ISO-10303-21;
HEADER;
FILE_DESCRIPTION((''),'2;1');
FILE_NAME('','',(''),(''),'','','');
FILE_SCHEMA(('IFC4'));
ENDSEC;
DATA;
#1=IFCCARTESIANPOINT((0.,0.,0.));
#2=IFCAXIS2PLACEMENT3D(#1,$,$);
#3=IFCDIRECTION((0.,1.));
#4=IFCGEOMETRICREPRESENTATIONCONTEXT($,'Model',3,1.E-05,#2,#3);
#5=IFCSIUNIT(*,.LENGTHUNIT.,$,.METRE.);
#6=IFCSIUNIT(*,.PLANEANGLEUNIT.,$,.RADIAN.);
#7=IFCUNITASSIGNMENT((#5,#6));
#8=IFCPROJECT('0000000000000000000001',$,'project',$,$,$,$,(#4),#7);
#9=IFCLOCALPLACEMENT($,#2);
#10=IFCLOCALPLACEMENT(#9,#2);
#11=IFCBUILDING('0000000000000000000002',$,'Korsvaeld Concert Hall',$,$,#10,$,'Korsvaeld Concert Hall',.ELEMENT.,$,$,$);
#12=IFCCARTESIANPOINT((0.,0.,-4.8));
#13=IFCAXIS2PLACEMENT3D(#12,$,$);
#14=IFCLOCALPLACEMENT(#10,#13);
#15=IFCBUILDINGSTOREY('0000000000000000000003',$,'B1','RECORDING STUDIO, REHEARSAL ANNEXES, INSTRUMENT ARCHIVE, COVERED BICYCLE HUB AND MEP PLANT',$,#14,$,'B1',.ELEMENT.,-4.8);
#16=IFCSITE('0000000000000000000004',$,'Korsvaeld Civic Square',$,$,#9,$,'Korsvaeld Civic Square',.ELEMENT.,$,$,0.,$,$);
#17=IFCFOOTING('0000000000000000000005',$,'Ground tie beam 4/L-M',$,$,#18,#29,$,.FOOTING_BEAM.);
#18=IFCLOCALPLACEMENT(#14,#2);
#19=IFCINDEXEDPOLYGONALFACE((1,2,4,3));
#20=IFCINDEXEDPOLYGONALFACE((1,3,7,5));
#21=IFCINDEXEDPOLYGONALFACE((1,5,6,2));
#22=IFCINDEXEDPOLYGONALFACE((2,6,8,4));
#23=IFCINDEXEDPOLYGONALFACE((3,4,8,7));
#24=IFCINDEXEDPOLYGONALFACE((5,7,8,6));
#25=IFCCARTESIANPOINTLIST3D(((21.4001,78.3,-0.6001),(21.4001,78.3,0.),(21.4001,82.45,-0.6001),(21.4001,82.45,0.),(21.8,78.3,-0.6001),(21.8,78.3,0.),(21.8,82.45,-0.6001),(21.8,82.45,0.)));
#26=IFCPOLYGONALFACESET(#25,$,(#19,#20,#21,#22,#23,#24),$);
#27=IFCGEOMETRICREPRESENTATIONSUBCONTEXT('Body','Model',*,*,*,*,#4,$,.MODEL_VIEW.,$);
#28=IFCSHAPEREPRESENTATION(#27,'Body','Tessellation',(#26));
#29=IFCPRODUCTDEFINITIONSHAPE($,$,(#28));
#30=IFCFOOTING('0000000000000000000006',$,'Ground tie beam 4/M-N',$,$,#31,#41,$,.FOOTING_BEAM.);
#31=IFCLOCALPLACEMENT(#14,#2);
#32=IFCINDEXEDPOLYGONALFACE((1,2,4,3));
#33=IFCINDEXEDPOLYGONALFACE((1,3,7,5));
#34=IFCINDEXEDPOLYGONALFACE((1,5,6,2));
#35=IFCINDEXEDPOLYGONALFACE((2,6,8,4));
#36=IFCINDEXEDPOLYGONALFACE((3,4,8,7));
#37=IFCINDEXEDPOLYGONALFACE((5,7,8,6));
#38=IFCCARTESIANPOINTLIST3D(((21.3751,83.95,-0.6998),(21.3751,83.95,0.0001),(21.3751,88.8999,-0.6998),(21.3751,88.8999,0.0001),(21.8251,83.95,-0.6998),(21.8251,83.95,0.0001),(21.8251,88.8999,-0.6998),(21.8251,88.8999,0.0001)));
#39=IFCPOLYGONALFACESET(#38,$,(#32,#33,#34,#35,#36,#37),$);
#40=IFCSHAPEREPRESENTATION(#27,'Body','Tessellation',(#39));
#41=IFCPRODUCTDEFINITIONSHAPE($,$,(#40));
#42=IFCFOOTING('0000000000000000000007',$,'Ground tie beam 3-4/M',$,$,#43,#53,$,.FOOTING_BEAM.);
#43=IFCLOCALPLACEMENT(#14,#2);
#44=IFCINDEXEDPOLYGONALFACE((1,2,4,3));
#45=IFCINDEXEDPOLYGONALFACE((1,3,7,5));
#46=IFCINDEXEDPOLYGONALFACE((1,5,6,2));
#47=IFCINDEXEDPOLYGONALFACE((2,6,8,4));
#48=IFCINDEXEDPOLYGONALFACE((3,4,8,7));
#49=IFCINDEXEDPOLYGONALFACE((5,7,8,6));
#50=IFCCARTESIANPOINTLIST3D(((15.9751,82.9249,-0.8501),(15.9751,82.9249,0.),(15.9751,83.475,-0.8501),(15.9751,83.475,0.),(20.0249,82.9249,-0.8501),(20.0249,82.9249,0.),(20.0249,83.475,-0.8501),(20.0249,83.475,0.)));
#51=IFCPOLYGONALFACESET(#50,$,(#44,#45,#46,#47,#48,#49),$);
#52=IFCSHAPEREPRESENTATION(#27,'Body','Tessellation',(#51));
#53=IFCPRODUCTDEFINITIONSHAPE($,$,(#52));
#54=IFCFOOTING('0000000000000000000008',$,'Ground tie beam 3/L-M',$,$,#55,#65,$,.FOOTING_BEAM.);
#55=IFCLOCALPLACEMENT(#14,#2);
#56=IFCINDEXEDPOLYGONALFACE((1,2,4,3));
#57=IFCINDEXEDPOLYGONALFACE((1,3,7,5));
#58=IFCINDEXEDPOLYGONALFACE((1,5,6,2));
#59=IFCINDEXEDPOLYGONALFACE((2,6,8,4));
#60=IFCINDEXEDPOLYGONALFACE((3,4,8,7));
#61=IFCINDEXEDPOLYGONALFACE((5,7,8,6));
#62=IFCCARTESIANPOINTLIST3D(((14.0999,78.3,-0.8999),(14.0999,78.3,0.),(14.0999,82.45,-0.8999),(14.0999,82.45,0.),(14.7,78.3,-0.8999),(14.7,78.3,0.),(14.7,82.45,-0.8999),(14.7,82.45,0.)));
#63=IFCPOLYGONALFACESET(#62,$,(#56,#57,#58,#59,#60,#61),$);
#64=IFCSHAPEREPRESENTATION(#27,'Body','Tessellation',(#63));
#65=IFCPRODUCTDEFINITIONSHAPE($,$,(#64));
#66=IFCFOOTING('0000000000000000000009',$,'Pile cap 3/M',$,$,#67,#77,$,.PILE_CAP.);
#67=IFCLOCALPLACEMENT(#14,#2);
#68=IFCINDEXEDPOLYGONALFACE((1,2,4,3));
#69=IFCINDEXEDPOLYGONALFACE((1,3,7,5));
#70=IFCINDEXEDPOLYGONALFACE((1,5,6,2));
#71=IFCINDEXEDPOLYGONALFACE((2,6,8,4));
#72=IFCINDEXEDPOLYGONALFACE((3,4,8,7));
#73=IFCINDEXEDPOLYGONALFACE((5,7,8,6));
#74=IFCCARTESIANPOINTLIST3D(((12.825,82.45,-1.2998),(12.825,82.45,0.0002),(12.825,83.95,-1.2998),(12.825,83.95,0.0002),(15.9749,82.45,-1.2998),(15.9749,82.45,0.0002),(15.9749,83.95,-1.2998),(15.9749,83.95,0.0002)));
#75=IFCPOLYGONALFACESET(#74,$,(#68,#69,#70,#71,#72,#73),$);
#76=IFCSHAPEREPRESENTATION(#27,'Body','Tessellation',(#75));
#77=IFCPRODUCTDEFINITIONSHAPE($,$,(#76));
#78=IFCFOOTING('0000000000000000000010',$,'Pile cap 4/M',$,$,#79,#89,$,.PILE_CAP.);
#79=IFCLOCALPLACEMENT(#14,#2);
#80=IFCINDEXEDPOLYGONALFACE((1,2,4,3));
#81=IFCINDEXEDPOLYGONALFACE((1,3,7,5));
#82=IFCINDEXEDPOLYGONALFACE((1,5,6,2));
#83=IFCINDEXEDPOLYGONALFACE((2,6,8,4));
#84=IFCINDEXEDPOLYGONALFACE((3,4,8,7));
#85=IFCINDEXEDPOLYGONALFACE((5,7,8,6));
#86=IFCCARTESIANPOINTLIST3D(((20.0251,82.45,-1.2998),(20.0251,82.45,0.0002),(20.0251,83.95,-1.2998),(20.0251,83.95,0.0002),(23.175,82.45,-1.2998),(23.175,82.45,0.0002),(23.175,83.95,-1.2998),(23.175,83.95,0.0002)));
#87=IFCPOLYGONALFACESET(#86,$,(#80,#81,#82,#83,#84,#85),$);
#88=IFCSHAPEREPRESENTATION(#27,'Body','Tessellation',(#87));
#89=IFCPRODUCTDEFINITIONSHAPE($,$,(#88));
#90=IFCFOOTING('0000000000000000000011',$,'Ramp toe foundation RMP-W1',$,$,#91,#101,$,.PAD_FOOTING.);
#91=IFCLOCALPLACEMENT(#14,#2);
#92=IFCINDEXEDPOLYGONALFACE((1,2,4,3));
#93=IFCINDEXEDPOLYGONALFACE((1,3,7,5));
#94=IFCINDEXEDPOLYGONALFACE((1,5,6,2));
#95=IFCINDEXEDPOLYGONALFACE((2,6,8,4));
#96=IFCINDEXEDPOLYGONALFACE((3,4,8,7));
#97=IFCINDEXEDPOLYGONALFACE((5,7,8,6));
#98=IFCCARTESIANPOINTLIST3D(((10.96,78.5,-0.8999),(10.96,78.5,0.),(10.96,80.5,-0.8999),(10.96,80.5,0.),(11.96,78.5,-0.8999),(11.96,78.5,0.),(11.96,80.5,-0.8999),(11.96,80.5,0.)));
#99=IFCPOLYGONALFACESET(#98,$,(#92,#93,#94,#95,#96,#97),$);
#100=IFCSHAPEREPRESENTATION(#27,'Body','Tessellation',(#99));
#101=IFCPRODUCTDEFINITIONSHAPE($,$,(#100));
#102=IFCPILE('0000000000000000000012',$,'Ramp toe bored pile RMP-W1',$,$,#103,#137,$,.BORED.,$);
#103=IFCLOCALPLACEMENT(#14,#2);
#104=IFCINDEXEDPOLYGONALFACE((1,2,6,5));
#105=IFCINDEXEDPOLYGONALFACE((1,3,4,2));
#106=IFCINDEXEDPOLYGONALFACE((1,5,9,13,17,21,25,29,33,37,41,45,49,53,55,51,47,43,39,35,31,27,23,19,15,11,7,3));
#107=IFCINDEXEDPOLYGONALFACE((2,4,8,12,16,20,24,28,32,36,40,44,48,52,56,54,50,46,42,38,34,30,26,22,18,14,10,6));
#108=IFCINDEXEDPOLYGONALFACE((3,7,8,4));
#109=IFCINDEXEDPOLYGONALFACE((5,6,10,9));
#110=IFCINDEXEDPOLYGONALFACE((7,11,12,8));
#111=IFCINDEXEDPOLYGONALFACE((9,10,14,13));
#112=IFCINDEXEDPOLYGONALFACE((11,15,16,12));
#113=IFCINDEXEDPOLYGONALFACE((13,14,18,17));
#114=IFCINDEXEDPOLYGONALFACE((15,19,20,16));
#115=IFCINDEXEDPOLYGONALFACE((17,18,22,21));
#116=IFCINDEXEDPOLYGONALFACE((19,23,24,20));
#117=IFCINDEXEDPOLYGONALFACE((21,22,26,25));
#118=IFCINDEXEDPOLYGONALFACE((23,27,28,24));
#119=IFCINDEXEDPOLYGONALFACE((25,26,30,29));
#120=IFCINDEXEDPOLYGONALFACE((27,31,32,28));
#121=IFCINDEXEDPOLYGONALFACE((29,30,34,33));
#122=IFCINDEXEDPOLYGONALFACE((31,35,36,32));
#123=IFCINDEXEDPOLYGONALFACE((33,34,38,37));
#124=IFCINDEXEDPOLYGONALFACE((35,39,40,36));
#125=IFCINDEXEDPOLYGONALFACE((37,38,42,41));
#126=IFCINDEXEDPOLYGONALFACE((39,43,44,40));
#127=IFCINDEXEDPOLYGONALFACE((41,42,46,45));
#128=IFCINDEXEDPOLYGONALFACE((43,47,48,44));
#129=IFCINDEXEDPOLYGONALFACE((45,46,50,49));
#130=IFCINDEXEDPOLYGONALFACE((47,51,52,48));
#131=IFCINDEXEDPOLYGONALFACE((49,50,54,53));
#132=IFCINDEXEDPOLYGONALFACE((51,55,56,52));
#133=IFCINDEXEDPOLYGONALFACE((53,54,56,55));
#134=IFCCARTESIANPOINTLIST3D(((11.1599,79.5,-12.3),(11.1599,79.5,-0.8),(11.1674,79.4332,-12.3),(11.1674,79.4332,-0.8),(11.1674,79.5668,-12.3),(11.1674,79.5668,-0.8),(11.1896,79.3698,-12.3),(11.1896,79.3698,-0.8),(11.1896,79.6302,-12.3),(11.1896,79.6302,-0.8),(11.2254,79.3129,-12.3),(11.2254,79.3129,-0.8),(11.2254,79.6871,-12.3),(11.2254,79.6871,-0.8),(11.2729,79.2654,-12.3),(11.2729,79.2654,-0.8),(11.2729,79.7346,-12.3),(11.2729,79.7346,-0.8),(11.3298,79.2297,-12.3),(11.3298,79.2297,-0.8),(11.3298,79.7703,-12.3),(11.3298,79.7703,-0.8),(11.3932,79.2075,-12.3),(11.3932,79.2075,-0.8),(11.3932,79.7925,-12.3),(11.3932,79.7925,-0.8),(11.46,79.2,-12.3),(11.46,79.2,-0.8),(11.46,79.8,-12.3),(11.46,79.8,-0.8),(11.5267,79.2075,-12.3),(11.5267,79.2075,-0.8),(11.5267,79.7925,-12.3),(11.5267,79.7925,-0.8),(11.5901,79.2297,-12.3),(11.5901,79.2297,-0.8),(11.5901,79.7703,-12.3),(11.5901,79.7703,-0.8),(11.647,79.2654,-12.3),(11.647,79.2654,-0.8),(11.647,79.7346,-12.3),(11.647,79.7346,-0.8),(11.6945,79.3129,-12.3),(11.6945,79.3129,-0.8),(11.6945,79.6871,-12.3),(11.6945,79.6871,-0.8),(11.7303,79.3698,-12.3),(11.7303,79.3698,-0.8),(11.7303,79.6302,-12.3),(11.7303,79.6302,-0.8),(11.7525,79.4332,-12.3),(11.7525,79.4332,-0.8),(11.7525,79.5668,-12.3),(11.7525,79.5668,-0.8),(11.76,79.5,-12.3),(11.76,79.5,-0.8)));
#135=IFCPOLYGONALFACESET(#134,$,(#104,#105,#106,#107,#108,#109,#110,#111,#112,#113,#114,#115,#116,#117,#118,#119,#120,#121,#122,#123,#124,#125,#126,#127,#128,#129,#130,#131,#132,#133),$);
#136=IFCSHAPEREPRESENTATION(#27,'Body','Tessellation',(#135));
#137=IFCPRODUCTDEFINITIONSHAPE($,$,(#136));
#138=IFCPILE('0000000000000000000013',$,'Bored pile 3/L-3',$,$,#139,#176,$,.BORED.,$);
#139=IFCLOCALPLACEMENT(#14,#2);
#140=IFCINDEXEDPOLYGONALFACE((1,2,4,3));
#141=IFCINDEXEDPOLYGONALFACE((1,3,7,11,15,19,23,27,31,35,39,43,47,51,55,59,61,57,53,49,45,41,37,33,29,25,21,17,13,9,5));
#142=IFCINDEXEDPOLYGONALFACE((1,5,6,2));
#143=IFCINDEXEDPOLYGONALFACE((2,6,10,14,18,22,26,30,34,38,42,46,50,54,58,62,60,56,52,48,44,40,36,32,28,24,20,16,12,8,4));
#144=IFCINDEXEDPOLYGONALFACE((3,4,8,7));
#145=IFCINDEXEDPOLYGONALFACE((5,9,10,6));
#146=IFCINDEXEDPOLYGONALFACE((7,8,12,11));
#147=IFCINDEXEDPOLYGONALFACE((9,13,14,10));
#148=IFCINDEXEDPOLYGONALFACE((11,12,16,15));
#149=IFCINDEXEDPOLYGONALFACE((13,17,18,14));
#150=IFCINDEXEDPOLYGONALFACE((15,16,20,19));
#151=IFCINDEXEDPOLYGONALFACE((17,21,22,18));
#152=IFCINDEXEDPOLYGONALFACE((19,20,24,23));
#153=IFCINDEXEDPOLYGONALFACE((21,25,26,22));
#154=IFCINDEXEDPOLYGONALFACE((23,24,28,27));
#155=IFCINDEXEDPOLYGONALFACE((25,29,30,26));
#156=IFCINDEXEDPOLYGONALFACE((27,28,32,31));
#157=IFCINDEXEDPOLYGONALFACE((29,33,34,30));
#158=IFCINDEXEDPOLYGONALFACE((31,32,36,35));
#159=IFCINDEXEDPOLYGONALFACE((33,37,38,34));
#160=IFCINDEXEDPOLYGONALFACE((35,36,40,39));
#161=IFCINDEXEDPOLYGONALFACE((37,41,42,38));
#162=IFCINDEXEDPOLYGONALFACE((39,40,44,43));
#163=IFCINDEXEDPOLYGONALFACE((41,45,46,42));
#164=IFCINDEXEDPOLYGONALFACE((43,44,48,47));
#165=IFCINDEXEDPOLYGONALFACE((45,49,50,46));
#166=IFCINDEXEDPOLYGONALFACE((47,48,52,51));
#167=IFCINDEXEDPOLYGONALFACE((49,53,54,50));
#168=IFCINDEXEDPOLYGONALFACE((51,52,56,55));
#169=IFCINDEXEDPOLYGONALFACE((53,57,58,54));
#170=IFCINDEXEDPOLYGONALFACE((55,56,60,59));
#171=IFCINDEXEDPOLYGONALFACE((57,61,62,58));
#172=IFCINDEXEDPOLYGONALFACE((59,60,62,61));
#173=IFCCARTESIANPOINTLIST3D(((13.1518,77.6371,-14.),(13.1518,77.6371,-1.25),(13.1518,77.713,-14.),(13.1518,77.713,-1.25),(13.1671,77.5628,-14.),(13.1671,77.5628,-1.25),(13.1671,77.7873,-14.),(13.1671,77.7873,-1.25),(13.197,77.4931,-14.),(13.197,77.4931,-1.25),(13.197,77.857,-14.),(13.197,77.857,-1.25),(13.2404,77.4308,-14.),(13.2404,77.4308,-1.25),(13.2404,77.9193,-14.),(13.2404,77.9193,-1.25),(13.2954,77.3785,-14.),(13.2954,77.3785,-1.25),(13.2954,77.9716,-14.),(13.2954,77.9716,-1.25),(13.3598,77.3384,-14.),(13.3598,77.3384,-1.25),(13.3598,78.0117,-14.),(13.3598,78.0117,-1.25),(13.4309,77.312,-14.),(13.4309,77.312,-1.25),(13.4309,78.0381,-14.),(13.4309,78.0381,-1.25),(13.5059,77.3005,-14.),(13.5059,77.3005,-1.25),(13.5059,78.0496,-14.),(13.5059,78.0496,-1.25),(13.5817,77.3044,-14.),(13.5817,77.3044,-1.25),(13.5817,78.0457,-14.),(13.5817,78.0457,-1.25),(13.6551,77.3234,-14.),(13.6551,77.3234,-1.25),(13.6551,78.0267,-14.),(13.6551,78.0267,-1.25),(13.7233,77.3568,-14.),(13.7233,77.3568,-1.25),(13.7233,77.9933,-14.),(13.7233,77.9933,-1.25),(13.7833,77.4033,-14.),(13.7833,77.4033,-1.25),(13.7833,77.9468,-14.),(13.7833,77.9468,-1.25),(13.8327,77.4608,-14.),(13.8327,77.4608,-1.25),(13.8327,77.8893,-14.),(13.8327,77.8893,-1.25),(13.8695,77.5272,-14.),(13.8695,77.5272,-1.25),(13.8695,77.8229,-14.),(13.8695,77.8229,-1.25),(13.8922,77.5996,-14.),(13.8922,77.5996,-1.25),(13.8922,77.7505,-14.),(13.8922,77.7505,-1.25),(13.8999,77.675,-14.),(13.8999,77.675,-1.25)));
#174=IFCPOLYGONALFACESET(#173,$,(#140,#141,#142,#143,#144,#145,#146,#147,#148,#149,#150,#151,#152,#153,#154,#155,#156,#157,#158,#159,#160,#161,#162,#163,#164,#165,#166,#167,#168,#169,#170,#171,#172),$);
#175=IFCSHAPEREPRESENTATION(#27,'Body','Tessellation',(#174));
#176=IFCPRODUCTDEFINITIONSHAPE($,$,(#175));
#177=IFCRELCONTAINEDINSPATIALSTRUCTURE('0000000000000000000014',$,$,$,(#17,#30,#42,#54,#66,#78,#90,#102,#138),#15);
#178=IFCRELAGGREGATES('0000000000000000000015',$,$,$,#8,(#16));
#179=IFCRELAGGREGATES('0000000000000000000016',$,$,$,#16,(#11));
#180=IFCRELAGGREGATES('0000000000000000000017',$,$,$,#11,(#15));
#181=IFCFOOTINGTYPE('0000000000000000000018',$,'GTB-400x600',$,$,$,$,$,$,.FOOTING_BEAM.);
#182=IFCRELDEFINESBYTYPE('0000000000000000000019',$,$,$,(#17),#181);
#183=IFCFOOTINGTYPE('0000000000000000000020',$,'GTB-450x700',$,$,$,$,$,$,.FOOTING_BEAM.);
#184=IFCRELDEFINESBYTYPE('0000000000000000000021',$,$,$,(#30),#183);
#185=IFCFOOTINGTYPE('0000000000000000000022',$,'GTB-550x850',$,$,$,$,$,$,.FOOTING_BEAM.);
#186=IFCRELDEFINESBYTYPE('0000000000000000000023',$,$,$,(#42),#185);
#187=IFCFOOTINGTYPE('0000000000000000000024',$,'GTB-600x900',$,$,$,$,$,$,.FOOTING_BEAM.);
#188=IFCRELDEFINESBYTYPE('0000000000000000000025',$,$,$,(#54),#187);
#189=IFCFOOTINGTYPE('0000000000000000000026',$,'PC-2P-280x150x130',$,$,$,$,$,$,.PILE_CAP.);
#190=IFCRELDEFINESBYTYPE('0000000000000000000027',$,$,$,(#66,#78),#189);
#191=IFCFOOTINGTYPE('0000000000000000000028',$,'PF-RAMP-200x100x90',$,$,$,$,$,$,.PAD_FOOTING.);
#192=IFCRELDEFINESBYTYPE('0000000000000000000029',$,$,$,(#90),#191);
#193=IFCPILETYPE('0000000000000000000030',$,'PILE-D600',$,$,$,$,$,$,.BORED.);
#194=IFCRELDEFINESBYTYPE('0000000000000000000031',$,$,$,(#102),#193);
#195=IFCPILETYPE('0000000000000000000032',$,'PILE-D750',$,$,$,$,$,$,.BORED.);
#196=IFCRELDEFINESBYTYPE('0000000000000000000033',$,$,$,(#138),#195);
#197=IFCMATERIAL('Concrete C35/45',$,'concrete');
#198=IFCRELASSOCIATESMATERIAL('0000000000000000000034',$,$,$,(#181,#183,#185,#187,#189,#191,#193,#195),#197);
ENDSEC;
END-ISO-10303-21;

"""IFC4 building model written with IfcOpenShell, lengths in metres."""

from ifc_helpers import new_model, si_unit, direction, frame, origin, origin_2d, place, context, subcontext, project, spatial, rectangle, circle, extrude, material, material_profile, profile_set, type_object, element, save


model = new_model("IFC4")

# Units and contexts
model_context = context("Model", 3, precision=1e-05, world=origin(), true_north=direction((0.0, 1.0)))
body_context = subcontext(model_context, "Body", "Model", "MODEL_VIEW")
ifc_project = project(units=[si_unit("LENGTHUNIT", "METRE"), si_unit("PLANEANGLEUNIT", "RADIAN")], contexts=[model_context])

# Site, building, storey
site_placement = place(None, origin())
site = spatial("IfcSite", under=ifc_project, at=site_placement, Name="Korsvaeld Civic Square", LongName="Korsvaeld Civic Square", CompositionType="ELEMENT", RefElevation=0.0)
building_placement = place(site_placement, origin())
building = spatial("IfcBuilding", under=site, at=building_placement, Name="Korsvaeld Concert Hall", LongName="Korsvaeld Concert Hall", CompositionType="ELEMENT")
storey_placement = place(building_placement, frame((0.0, 0.0, -4.8)))
storey = spatial("IfcBuildingStorey", under=building, at=storey_placement, Name="B1", Description="RECORDING STUDIO, REHEARSAL ANNEXES, INSTRUMENT ARCHIVE, COVERED BICYCLE HUB AND MEP PLANT", LongName="B1", CompositionType="ELEMENT", Elevation=-4.8)

# Footings
ifc_material_1 = material(Name="Concrete C35/45", Category="concrete")
ifc_material_profile_1 = material_profile(ifc_material_1, rectangle(XDim=0.3999, YDim=0.6001, at=origin_2d()), Name="GTB 400x600")
ifc_profile_set_1 = profile_set([ifc_material_profile_1], Name="Concrete C35/45")
footing_type_1 = type_object("IfcFootingType", Name="GTB-400x600", PredefinedType="FOOTING_BEAM", material=ifc_profile_set_1)
footing_1_placement = place(storey_placement, frame((21.6001, 78.3, -0.3), z_axis=(0.0, 1.0, 0.0), x_axis=(-1.0, 0.0, 0.0)))
element("IfcFooting", 1, at=footing_1_placement, inside=storey, type_object=footing_type_1, Name="Ground tie beam 4/L-M", PredefinedType="FOOTING_BEAM", context=body_context, shape_type="SweptSolid", body=[
    extrude(rectangle(XDim=0.3999, YDim=0.6001, at=origin_2d()), origin(), (0.0, 0.0, 1.0), 4.1499),
])
ifc_material_profile_2 = material_profile(ifc_material_1, rectangle(XDim=0.45, YDim=0.7, at=origin_2d()), Name="GTB 450x700")
ifc_profile_set_2 = profile_set([ifc_material_profile_2], Name="Concrete C35/45")
footing_type_2 = type_object("IfcFootingType", Name="GTB-450x700", PredefinedType="FOOTING_BEAM", material=ifc_profile_set_2)
footing_2_placement = place(storey_placement, frame((21.6001, 83.95, -0.3499), z_axis=(0.0, 1.0, 0.0), x_axis=(-1.0, 0.0, 0.0)))
element("IfcFooting", 2, at=footing_2_placement, inside=storey, type_object=footing_type_2, Name="Ground tie beam 4/M-N", PredefinedType="FOOTING_BEAM", context=body_context, shape_type="SweptSolid", body=[
    extrude(rectangle(XDim=0.45, YDim=0.7, at=origin_2d()), origin(), (0.0, 0.0, 1.0), 4.95),
])
ifc_material_profile_3 = material_profile(ifc_material_1, rectangle(XDim=0.55, YDim=0.8501, at=origin_2d()), Name="GTB 550x850")
ifc_profile_set_3 = profile_set([ifc_material_profile_3], Name="Concrete C35/45")
footing_type_3 = type_object("IfcFootingType", Name="GTB-550x850", PredefinedType="FOOTING_BEAM", material=ifc_profile_set_3)
footing_3_placement = place(storey_placement, frame((15.9751, 83.2, -0.425), z_axis=(1.0, 0.0, 0.0), x_axis=(0.0, 1.0, 0.0)))
element("IfcFooting", 3, at=footing_3_placement, inside=storey, type_object=footing_type_3, Name="Ground tie beam 3-4/M", PredefinedType="FOOTING_BEAM", context=body_context, shape_type="SweptSolid", body=[
    extrude(rectangle(XDim=0.55, YDim=0.8501, at=origin_2d()), origin(), (0.0, 0.0, 1.0), 4.0498),
])
ifc_material_profile_4 = material_profile(ifc_material_1, rectangle(XDim=0.6001, YDim=0.8999, at=origin_2d()), Name="GTB 600x900")
ifc_profile_set_4 = profile_set([ifc_material_profile_4], Name="Concrete C35/45")
footing_type_4 = type_object("IfcFootingType", Name="GTB-600x900", PredefinedType="FOOTING_BEAM", material=ifc_profile_set_4)
footing_4_placement = place(storey_placement, frame((14.3999, 78.3, -0.45), z_axis=(0.0, 1.0, 0.0), x_axis=(-1.0, 0.0, 0.0)))
element("IfcFooting", 4, at=footing_4_placement, inside=storey, type_object=footing_type_4, Name="Ground tie beam 3/L-M", PredefinedType="FOOTING_BEAM", context=body_context, shape_type="SweptSolid", body=[
    extrude(rectangle(XDim=0.6001, YDim=0.8999, at=origin_2d()), origin(), (0.0, 0.0, 1.0), 4.1499),
])
footing_type_5 = type_object("IfcFootingType", Name="PC-2P-280x150x130", PredefinedType="PILE_CAP", material=ifc_material_1)
for number, where, z_axis, x_axis, name in (
    (5, (14.3999, 83.2, -1.2998), (0.0, 0.0, 1.0), (1.0, 0.0, 0.0), "Pile cap 3/M"),
    (6, (21.6001, 83.2, -1.2998), (0.0, 0.0, 1.0), (1.0, 0.0, 0.0), "Pile cap 4/M"),
):
    element("IfcFooting", number, at=place(storey_placement, frame(where, z_axis=z_axis, x_axis=x_axis)), inside=storey, type_object=footing_type_5, Name=name, PredefinedType="PILE_CAP", context=body_context, shape_type="SweptSolid", body=[
        extrude(rectangle(XDim=3.1499, YDim=1.5, at=origin_2d()), origin(), (0.0, 0.0, 1.0), 1.3),
    ])
footing_type_6 = type_object("IfcFootingType", Name="PF-RAMP-200x100x90", PredefinedType="PAD_FOOTING", material=ifc_material_1)
footing_5_placement = place(storey_placement, frame((11.46, 79.5, -0.8999), z_axis=(0.0, 0.0, 1.0), x_axis=(0.0, 1.0, 0.0)))
element("IfcFooting", 7, at=footing_5_placement, inside=storey, type_object=footing_type_6, Name="Ramp toe foundation RMP-W1", PredefinedType="PAD_FOOTING", context=body_context, shape_type="SweptSolid", body=[
    extrude(rectangle(XDim=2.0, YDim=1.0, at=origin_2d()), origin(), (0.0, 0.0, 1.0), 0.8999),
])

# Piles
ifc_material_profile_5 = material_profile(ifc_material_1, circle(Radius=0.3, at=origin_2d()), Name="BORED PILE D600")
ifc_profile_set_5 = profile_set([ifc_material_profile_5], Name="Concrete C35/45")
pile_type_1 = type_object("IfcPileType", Name="PILE-D600", PredefinedType="BORED", material=ifc_profile_set_5)
pile_1_placement = place(storey_placement, frame((11.46, 79.5, -0.8), z_axis=(0.0, 0.0, -1.0), x_axis=(1.0, 0.0, 0.0)))
element("IfcPile", 8, at=pile_1_placement, inside=storey, type_object=pile_type_1, Name="Ramp toe bored pile RMP-W1", PredefinedType="BORED", context=body_context, shape_type="SweptSolid", body=[
    extrude(circle(Radius=0.3, at=origin_2d()), origin(), (0.0, 0.0, 1.0), 11.5),
])
ifc_material_profile_6 = material_profile(ifc_material_1, circle(Radius=0.375, at=origin_2d()), Name="BORED PILE D750")
ifc_profile_set_6 = profile_set([ifc_material_profile_6], Name="Concrete C35/45")
pile_type_2 = type_object("IfcPileType", Name="PILE-D750", PredefinedType="BORED", material=ifc_profile_set_6)
for number, where, z_axis, x_axis, name in (
    (9, (13.5249, 77.675, -1.25), (0.0, 0.0, -1.0), (1.0, 0.0, 0.0), "Bored pile 3/L-3"),
):
    element("IfcPile", number, at=place(storey_placement, frame(where, z_axis=z_axis, x_axis=x_axis)), inside=storey, type_object=pile_type_2, Name=name, PredefinedType="BORED", context=body_context, shape_type="SweptSolid", body=[
        extrude(circle(Radius=0.375, at=origin_2d()), origin(), (0.0, 0.0, 1.0), 12.75),
    ])

save(model, "model.ifc")
